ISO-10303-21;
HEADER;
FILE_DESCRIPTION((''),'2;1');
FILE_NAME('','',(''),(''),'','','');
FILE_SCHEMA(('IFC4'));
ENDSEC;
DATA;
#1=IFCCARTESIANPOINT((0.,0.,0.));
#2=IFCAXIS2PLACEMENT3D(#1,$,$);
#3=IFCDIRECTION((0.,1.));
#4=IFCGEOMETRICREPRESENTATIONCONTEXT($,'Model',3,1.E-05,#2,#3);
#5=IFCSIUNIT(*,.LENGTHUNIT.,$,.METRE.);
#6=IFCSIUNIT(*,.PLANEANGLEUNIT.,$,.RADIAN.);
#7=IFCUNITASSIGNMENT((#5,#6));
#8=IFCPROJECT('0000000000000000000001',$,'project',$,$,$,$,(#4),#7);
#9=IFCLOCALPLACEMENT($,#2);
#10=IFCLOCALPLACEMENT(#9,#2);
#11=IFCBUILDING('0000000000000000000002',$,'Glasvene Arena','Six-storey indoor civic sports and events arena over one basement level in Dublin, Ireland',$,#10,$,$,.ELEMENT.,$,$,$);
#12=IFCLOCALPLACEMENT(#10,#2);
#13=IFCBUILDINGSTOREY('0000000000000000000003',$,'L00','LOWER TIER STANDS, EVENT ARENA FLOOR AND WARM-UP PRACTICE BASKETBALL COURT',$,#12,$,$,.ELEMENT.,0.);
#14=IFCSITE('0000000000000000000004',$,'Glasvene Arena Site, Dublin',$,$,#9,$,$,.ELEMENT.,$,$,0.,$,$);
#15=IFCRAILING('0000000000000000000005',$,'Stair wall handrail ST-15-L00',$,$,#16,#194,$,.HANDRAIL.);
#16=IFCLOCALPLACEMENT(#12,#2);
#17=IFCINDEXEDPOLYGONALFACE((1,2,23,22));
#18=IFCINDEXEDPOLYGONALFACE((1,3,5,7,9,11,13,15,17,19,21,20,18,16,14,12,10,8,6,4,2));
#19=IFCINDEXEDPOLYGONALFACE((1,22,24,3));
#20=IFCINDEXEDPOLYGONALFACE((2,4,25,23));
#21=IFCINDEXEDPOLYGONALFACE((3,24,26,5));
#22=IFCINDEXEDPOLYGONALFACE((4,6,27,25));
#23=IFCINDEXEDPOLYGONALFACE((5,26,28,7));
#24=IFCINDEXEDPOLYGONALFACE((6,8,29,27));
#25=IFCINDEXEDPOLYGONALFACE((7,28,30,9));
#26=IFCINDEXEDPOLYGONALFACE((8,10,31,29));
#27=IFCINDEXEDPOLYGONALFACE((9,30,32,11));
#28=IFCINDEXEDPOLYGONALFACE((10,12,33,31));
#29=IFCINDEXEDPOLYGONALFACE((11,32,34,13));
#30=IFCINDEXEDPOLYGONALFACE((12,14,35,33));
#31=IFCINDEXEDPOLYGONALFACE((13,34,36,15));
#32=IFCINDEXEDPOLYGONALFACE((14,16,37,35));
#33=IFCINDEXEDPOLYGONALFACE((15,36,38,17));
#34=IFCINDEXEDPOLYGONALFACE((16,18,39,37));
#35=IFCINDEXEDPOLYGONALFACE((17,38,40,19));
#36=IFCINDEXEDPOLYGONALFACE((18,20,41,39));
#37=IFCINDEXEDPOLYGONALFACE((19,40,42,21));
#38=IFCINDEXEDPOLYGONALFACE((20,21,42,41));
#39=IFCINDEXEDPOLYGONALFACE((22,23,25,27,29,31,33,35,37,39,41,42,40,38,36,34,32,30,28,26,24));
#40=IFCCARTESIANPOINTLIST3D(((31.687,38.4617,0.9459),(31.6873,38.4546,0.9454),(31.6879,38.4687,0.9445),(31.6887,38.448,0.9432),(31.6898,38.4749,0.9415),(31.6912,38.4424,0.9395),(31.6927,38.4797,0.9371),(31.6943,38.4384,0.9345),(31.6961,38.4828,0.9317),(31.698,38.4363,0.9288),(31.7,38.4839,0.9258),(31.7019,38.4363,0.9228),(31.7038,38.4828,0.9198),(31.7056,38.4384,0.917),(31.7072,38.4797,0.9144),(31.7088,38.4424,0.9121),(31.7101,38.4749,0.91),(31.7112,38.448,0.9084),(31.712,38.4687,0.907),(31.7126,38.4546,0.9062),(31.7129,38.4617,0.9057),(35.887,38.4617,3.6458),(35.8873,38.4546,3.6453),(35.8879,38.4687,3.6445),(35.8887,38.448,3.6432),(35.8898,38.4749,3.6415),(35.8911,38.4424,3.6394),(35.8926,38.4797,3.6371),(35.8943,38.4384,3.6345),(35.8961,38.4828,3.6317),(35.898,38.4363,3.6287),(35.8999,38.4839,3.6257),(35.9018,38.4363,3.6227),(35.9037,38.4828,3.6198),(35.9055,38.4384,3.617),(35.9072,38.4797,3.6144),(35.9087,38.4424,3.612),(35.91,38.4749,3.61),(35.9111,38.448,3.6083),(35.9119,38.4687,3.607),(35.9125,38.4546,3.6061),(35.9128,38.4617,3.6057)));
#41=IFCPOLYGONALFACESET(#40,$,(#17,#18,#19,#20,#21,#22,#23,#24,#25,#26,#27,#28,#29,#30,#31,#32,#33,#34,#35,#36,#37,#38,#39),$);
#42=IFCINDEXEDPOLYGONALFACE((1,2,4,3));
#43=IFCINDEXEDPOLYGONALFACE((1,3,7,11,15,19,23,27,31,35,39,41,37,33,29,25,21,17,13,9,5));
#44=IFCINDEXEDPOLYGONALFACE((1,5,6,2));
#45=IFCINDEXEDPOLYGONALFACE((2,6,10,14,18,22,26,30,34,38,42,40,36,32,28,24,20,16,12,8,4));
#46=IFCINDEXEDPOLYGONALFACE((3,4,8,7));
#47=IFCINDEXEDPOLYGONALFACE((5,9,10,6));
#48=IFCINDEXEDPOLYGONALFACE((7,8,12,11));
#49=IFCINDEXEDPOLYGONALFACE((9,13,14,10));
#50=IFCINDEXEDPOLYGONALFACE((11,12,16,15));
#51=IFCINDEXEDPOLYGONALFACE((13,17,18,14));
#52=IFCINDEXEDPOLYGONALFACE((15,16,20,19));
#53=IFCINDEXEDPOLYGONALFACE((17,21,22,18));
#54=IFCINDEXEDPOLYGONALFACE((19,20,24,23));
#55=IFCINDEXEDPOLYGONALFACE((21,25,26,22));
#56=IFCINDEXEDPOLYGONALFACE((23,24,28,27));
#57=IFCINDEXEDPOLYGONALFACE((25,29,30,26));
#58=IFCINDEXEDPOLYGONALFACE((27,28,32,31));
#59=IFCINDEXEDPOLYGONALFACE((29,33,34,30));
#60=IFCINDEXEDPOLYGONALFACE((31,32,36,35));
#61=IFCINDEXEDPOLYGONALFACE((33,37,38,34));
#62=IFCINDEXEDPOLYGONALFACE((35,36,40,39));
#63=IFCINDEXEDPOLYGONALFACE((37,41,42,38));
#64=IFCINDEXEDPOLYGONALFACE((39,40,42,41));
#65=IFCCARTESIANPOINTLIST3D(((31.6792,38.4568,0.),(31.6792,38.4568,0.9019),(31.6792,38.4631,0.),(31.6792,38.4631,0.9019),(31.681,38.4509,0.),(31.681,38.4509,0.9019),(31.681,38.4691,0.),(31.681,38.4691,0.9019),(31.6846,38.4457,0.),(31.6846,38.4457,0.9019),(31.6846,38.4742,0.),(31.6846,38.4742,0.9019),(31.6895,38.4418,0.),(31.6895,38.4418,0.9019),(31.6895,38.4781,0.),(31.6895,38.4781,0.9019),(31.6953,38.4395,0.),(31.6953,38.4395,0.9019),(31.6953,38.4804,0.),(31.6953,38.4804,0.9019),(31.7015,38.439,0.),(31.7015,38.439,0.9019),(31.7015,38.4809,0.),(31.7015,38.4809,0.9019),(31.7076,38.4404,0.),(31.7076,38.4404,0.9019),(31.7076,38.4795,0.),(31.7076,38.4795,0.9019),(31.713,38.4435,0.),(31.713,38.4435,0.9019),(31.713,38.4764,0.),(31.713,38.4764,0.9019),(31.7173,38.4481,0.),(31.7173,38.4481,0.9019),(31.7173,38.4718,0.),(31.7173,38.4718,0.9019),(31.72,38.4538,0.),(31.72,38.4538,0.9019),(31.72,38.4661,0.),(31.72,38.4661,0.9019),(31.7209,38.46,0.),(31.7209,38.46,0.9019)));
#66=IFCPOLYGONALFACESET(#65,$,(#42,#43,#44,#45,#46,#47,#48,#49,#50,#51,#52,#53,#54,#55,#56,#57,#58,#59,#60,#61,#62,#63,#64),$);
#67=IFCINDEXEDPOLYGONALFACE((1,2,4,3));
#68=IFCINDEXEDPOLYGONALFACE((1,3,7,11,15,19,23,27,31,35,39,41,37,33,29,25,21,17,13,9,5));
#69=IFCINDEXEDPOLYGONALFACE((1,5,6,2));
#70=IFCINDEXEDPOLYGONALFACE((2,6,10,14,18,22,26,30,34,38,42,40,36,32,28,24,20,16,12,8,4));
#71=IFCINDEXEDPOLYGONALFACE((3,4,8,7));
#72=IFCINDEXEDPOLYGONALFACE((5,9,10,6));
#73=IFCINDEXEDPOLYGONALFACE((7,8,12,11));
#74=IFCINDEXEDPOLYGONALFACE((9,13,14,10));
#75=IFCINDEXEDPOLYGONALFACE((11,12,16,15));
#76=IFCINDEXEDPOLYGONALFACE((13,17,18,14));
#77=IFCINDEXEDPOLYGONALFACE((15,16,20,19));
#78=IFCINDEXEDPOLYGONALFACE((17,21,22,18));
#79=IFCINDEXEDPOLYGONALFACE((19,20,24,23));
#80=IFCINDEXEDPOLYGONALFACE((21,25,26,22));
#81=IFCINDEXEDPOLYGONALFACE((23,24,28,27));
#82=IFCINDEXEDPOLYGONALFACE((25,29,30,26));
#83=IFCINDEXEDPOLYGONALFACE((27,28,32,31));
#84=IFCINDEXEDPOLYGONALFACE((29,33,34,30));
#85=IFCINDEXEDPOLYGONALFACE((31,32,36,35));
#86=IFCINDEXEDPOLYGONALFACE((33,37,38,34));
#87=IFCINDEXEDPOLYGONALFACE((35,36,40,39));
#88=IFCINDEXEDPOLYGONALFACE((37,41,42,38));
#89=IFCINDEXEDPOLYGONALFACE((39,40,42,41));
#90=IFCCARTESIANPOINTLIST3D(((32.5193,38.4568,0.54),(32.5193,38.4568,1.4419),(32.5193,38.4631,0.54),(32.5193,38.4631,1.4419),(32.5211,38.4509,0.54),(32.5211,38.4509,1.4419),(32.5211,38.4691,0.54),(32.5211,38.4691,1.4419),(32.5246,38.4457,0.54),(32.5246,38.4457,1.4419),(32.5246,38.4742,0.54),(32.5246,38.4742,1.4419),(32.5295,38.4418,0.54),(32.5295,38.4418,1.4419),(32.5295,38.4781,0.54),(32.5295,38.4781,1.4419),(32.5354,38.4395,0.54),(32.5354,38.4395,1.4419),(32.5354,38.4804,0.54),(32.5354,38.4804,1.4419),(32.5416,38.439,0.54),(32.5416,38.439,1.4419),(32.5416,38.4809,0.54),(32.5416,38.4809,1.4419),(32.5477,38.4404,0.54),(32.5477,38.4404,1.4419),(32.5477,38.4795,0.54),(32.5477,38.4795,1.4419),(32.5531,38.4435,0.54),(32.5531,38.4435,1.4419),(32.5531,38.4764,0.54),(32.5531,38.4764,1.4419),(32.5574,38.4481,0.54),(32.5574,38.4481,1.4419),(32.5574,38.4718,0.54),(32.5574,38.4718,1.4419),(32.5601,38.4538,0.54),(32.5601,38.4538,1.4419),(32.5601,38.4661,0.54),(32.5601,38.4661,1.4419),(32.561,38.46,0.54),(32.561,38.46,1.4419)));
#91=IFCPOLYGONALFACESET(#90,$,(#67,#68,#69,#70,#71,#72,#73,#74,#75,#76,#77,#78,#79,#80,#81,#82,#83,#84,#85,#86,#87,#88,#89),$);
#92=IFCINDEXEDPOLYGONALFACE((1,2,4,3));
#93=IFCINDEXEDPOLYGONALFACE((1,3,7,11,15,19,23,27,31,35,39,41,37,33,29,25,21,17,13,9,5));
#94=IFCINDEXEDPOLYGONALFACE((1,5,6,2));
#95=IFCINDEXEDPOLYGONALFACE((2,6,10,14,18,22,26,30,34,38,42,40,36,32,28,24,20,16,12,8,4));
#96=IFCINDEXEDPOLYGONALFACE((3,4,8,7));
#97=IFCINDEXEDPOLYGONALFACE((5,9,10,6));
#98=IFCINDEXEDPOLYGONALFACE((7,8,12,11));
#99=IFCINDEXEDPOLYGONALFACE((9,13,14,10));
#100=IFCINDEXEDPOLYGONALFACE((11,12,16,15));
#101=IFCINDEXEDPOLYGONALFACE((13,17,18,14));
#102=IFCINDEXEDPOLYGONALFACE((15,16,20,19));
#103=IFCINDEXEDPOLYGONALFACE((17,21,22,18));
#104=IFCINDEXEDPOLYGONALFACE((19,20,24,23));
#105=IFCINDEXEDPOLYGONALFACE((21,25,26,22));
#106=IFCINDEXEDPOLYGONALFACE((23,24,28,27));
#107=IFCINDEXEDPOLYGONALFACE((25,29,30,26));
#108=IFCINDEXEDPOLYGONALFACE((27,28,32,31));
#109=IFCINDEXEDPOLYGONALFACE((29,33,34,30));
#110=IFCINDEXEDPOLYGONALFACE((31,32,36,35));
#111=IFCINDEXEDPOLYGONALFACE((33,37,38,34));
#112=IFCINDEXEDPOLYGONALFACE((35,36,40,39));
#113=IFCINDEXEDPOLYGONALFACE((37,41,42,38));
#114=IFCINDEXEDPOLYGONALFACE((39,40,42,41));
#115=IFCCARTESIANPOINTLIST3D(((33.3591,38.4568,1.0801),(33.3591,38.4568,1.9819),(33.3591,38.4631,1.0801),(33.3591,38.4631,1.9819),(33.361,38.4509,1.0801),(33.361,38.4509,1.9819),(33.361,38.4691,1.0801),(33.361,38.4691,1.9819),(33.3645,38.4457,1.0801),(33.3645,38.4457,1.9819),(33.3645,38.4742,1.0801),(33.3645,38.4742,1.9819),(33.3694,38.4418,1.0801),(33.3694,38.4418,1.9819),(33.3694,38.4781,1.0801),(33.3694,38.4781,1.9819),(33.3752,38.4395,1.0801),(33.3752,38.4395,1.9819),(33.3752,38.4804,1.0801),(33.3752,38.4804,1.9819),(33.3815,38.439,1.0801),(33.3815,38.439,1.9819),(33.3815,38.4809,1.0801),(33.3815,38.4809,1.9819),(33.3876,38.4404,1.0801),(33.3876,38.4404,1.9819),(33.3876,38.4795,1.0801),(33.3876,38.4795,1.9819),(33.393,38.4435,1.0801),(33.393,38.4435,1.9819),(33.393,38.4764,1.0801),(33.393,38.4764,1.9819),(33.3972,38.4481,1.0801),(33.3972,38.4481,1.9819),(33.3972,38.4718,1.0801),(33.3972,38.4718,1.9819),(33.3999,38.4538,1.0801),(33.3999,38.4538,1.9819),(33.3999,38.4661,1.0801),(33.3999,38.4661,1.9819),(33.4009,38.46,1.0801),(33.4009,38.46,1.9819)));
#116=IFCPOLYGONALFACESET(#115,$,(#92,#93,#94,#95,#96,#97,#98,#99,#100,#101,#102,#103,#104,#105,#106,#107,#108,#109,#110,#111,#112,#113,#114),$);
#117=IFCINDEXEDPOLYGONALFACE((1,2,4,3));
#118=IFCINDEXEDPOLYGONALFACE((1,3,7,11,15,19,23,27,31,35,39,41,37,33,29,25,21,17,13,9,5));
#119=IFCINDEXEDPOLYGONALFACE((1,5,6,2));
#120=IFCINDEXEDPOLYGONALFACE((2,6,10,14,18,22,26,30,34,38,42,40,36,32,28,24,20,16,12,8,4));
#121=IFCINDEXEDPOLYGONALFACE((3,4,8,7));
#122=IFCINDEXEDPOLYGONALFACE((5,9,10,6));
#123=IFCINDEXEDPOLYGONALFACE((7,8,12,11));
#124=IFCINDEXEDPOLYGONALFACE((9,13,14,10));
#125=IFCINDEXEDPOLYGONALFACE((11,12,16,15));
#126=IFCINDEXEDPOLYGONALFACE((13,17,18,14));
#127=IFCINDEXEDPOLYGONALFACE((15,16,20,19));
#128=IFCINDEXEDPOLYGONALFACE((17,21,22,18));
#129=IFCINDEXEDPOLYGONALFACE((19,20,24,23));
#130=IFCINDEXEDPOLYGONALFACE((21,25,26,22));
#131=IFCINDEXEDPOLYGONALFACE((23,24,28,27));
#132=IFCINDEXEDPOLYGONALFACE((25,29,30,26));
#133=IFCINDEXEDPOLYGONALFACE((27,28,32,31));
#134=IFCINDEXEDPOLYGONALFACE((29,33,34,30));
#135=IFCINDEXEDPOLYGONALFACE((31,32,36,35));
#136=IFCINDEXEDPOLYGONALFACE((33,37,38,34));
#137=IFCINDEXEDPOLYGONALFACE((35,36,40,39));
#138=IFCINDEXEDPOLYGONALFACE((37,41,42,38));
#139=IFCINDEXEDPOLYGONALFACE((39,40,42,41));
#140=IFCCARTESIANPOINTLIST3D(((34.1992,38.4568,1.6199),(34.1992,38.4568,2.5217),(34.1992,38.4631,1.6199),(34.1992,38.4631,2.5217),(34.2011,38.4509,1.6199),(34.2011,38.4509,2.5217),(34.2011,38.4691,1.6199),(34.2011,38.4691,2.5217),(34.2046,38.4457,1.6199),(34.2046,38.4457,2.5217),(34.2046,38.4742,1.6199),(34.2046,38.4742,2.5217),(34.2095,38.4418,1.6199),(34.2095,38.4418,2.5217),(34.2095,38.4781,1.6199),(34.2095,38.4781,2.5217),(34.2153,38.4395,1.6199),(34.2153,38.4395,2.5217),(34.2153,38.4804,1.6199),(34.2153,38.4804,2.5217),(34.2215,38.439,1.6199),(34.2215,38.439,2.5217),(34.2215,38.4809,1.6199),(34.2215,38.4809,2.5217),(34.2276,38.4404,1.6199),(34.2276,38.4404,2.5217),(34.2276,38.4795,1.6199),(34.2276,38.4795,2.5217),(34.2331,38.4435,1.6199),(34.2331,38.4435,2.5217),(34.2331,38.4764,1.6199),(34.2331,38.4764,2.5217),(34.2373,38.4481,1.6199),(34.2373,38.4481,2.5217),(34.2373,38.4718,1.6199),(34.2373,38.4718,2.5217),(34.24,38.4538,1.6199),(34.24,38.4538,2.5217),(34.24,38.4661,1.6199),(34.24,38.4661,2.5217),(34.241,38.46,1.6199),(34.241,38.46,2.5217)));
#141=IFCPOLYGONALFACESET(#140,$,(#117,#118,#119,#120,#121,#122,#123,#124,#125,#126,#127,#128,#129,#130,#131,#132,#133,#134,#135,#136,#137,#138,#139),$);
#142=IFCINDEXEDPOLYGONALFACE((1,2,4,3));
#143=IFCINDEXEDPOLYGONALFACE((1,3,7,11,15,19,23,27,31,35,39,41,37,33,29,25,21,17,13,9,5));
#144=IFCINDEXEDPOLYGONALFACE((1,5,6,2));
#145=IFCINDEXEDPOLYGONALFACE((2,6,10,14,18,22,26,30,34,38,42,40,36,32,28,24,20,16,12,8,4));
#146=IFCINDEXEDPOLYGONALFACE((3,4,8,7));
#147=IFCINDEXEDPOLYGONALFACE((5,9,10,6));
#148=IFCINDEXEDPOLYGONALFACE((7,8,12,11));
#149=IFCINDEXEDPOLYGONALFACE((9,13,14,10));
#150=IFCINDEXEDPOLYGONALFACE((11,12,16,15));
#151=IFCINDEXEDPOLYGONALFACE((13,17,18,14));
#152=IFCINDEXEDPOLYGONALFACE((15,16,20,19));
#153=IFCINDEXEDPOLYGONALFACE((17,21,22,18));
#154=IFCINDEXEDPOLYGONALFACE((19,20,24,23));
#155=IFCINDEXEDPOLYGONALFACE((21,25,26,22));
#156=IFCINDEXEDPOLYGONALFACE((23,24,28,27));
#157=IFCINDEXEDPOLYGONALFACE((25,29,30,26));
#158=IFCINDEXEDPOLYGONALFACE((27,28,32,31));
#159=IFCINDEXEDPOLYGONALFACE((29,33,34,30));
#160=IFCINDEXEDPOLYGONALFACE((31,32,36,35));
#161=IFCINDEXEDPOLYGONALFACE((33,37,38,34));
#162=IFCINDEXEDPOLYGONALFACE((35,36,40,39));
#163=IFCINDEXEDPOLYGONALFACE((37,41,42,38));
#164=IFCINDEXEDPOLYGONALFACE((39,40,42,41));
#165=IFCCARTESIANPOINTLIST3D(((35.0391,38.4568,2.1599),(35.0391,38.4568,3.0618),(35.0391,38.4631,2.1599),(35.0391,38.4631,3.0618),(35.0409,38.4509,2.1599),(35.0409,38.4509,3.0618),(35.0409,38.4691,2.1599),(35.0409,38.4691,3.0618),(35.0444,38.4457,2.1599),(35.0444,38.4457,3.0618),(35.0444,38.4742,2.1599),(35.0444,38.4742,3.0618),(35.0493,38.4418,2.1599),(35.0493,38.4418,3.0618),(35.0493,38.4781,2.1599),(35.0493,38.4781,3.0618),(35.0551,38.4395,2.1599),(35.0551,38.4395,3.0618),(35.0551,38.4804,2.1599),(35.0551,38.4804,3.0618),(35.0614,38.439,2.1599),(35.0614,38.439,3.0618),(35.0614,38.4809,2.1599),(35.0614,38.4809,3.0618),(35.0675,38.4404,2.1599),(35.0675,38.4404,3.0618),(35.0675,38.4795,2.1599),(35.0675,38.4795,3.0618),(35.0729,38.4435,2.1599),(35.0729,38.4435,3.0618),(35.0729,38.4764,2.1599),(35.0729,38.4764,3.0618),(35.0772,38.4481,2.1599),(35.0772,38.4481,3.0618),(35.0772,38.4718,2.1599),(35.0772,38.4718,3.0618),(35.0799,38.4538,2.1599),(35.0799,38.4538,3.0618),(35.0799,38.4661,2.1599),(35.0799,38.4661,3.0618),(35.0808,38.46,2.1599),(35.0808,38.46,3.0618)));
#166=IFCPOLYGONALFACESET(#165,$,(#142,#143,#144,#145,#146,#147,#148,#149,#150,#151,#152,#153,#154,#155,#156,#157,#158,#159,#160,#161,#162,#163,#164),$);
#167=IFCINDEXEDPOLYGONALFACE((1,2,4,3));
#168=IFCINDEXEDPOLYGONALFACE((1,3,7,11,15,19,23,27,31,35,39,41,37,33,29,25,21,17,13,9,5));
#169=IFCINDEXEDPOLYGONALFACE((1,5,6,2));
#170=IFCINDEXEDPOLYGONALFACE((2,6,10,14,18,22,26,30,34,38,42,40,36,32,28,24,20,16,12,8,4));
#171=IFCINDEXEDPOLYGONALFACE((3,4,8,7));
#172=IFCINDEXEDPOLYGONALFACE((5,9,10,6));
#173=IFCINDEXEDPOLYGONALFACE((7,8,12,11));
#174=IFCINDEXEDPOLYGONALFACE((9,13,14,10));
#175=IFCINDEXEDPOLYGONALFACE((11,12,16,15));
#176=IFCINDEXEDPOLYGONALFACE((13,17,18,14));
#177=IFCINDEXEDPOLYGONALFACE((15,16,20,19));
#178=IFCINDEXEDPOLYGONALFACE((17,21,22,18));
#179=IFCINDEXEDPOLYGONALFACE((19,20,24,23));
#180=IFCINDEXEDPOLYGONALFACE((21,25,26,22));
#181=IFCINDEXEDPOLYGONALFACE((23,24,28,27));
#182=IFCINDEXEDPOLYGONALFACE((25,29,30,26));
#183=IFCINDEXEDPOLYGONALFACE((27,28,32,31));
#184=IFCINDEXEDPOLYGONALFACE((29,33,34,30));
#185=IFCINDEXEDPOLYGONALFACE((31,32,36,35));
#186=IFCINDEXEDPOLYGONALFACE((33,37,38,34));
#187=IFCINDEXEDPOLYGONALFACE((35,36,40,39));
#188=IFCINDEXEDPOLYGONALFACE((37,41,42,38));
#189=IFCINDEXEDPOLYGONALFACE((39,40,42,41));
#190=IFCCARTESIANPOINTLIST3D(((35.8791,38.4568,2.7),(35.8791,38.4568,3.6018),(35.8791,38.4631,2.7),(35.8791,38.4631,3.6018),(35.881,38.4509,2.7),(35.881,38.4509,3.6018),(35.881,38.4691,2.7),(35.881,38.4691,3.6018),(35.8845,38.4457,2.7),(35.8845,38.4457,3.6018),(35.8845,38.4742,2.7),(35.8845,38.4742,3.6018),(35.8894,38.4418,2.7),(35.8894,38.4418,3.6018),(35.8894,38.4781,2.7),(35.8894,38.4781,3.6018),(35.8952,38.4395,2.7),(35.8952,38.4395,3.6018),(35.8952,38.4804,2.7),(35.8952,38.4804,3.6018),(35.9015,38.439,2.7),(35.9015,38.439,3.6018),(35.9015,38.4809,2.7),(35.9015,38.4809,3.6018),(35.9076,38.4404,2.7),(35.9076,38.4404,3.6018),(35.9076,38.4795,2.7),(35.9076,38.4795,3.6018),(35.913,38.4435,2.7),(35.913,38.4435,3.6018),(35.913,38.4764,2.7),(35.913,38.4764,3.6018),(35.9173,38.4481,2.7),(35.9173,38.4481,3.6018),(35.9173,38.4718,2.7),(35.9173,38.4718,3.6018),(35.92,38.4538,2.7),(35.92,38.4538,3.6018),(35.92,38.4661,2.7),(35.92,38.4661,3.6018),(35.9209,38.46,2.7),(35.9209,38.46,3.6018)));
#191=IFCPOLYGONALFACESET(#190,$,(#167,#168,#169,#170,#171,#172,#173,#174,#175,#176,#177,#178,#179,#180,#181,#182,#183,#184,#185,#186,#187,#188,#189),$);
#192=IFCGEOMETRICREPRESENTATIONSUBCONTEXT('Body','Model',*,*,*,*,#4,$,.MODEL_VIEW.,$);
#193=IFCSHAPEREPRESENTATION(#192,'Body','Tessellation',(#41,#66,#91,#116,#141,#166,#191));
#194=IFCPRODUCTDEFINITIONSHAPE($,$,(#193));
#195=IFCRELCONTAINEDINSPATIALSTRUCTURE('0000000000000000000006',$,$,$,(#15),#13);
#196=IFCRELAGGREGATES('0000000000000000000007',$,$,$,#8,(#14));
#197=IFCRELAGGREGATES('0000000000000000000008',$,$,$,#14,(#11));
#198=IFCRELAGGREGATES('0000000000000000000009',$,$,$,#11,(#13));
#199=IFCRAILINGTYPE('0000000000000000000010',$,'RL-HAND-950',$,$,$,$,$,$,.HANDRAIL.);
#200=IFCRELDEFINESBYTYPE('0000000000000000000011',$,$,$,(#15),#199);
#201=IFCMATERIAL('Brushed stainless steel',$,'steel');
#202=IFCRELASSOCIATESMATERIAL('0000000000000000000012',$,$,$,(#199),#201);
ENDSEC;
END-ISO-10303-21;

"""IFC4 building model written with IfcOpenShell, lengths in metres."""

from ifc_helpers import new_model, si_unit, direction, frame, origin, origin_2d, place, context, subcontext, project, spatial, circle, extrude, material, type_object, element, save


model = new_model("IFC4")

# Units and contexts
model_context = context("Model", 3, precision=1e-05, world=origin(), true_north=direction((0.0, 1.0)))
body_context = subcontext(model_context, "Body", "Model", "MODEL_VIEW")
ifc_project = project(units=[si_unit("LENGTHUNIT", "METRE"), si_unit("PLANEANGLEUNIT", "RADIAN")], contexts=[model_context])

# Site, building, storey
site_placement = place(None, origin())
site = spatial("IfcSite", under=ifc_project, at=site_placement, Name="Glasvene Arena Site, Dublin", CompositionType="ELEMENT", RefElevation=0.0)
building_placement = place(site_placement, origin())
building = spatial("IfcBuilding", under=site, at=building_placement, Name="Glasvene Arena", Description="Six-storey indoor civic sports and events arena over one basement level in Dublin, Ireland", CompositionType="ELEMENT")
storey_placement = place(building_placement, origin())
storey = spatial("IfcBuildingStorey", under=building, at=storey_placement, Name="L00", Description="LOWER TIER STANDS, EVENT ARENA FLOOR AND WARM-UP PRACTICE BASKETBALL COURT", CompositionType="ELEMENT", Elevation=0.0)

# Railing
ifc_material_1 = material(Name="Brushed stainless steel", Category="steel")
railing_type_1 = type_object("IfcRailingType", Name="RL-HAND-950", PredefinedType="HANDRAIL", material=ifc_material_1)
railing_1_placement = place(storey_placement, frame((31.7, 38.46, 0.0)))
element("IfcRailing", 1, at=railing_1_placement, inside=storey, type_object=railing_type_1, Name="Stair wall handrail ST-15-L00", PredefinedType="HANDRAIL", context=body_context, shape_type="SweptSolid", body=[
    extrude(circle(Radius=0.0239, at=origin_2d()), frame((0.0, 0.0, 0.9258), z_axis=(0.84118, 0.0, 0.540755), x_axis=(0.0, 1.0, 0.0)), (0.0, 0.0, 1.0), 4.9929),
    extrude(circle(Radius=0.021, at=origin_2d()), origin(), (0.0, 0.0, 1.0), 0.9019),
    extrude(circle(Radius=0.021, at=origin_2d()), frame((0.8401, 0.0, 0.54)), (0.0, 0.0, 1.0), 0.9019),
    extrude(circle(Radius=0.021, at=origin_2d()), frame((1.6799, 0.0, 1.0801)), (0.0, 0.0, 1.0), 0.9019),
    extrude(circle(Radius=0.021, at=origin_2d()), frame((2.52, 0.0, 1.6199)), (0.0, 0.0, 1.0), 0.9019),
    extrude(circle(Radius=0.021, at=origin_2d()), frame((3.3599, 0.0, 2.1599)), (0.0, 0.0, 1.0), 0.9019),
    extrude(circle(Radius=0.021, at=origin_2d()), frame((4.2, 0.0, 2.7)), (0.0, 0.0, 1.0), 0.9019),
])

save(model, "model.ifc")
